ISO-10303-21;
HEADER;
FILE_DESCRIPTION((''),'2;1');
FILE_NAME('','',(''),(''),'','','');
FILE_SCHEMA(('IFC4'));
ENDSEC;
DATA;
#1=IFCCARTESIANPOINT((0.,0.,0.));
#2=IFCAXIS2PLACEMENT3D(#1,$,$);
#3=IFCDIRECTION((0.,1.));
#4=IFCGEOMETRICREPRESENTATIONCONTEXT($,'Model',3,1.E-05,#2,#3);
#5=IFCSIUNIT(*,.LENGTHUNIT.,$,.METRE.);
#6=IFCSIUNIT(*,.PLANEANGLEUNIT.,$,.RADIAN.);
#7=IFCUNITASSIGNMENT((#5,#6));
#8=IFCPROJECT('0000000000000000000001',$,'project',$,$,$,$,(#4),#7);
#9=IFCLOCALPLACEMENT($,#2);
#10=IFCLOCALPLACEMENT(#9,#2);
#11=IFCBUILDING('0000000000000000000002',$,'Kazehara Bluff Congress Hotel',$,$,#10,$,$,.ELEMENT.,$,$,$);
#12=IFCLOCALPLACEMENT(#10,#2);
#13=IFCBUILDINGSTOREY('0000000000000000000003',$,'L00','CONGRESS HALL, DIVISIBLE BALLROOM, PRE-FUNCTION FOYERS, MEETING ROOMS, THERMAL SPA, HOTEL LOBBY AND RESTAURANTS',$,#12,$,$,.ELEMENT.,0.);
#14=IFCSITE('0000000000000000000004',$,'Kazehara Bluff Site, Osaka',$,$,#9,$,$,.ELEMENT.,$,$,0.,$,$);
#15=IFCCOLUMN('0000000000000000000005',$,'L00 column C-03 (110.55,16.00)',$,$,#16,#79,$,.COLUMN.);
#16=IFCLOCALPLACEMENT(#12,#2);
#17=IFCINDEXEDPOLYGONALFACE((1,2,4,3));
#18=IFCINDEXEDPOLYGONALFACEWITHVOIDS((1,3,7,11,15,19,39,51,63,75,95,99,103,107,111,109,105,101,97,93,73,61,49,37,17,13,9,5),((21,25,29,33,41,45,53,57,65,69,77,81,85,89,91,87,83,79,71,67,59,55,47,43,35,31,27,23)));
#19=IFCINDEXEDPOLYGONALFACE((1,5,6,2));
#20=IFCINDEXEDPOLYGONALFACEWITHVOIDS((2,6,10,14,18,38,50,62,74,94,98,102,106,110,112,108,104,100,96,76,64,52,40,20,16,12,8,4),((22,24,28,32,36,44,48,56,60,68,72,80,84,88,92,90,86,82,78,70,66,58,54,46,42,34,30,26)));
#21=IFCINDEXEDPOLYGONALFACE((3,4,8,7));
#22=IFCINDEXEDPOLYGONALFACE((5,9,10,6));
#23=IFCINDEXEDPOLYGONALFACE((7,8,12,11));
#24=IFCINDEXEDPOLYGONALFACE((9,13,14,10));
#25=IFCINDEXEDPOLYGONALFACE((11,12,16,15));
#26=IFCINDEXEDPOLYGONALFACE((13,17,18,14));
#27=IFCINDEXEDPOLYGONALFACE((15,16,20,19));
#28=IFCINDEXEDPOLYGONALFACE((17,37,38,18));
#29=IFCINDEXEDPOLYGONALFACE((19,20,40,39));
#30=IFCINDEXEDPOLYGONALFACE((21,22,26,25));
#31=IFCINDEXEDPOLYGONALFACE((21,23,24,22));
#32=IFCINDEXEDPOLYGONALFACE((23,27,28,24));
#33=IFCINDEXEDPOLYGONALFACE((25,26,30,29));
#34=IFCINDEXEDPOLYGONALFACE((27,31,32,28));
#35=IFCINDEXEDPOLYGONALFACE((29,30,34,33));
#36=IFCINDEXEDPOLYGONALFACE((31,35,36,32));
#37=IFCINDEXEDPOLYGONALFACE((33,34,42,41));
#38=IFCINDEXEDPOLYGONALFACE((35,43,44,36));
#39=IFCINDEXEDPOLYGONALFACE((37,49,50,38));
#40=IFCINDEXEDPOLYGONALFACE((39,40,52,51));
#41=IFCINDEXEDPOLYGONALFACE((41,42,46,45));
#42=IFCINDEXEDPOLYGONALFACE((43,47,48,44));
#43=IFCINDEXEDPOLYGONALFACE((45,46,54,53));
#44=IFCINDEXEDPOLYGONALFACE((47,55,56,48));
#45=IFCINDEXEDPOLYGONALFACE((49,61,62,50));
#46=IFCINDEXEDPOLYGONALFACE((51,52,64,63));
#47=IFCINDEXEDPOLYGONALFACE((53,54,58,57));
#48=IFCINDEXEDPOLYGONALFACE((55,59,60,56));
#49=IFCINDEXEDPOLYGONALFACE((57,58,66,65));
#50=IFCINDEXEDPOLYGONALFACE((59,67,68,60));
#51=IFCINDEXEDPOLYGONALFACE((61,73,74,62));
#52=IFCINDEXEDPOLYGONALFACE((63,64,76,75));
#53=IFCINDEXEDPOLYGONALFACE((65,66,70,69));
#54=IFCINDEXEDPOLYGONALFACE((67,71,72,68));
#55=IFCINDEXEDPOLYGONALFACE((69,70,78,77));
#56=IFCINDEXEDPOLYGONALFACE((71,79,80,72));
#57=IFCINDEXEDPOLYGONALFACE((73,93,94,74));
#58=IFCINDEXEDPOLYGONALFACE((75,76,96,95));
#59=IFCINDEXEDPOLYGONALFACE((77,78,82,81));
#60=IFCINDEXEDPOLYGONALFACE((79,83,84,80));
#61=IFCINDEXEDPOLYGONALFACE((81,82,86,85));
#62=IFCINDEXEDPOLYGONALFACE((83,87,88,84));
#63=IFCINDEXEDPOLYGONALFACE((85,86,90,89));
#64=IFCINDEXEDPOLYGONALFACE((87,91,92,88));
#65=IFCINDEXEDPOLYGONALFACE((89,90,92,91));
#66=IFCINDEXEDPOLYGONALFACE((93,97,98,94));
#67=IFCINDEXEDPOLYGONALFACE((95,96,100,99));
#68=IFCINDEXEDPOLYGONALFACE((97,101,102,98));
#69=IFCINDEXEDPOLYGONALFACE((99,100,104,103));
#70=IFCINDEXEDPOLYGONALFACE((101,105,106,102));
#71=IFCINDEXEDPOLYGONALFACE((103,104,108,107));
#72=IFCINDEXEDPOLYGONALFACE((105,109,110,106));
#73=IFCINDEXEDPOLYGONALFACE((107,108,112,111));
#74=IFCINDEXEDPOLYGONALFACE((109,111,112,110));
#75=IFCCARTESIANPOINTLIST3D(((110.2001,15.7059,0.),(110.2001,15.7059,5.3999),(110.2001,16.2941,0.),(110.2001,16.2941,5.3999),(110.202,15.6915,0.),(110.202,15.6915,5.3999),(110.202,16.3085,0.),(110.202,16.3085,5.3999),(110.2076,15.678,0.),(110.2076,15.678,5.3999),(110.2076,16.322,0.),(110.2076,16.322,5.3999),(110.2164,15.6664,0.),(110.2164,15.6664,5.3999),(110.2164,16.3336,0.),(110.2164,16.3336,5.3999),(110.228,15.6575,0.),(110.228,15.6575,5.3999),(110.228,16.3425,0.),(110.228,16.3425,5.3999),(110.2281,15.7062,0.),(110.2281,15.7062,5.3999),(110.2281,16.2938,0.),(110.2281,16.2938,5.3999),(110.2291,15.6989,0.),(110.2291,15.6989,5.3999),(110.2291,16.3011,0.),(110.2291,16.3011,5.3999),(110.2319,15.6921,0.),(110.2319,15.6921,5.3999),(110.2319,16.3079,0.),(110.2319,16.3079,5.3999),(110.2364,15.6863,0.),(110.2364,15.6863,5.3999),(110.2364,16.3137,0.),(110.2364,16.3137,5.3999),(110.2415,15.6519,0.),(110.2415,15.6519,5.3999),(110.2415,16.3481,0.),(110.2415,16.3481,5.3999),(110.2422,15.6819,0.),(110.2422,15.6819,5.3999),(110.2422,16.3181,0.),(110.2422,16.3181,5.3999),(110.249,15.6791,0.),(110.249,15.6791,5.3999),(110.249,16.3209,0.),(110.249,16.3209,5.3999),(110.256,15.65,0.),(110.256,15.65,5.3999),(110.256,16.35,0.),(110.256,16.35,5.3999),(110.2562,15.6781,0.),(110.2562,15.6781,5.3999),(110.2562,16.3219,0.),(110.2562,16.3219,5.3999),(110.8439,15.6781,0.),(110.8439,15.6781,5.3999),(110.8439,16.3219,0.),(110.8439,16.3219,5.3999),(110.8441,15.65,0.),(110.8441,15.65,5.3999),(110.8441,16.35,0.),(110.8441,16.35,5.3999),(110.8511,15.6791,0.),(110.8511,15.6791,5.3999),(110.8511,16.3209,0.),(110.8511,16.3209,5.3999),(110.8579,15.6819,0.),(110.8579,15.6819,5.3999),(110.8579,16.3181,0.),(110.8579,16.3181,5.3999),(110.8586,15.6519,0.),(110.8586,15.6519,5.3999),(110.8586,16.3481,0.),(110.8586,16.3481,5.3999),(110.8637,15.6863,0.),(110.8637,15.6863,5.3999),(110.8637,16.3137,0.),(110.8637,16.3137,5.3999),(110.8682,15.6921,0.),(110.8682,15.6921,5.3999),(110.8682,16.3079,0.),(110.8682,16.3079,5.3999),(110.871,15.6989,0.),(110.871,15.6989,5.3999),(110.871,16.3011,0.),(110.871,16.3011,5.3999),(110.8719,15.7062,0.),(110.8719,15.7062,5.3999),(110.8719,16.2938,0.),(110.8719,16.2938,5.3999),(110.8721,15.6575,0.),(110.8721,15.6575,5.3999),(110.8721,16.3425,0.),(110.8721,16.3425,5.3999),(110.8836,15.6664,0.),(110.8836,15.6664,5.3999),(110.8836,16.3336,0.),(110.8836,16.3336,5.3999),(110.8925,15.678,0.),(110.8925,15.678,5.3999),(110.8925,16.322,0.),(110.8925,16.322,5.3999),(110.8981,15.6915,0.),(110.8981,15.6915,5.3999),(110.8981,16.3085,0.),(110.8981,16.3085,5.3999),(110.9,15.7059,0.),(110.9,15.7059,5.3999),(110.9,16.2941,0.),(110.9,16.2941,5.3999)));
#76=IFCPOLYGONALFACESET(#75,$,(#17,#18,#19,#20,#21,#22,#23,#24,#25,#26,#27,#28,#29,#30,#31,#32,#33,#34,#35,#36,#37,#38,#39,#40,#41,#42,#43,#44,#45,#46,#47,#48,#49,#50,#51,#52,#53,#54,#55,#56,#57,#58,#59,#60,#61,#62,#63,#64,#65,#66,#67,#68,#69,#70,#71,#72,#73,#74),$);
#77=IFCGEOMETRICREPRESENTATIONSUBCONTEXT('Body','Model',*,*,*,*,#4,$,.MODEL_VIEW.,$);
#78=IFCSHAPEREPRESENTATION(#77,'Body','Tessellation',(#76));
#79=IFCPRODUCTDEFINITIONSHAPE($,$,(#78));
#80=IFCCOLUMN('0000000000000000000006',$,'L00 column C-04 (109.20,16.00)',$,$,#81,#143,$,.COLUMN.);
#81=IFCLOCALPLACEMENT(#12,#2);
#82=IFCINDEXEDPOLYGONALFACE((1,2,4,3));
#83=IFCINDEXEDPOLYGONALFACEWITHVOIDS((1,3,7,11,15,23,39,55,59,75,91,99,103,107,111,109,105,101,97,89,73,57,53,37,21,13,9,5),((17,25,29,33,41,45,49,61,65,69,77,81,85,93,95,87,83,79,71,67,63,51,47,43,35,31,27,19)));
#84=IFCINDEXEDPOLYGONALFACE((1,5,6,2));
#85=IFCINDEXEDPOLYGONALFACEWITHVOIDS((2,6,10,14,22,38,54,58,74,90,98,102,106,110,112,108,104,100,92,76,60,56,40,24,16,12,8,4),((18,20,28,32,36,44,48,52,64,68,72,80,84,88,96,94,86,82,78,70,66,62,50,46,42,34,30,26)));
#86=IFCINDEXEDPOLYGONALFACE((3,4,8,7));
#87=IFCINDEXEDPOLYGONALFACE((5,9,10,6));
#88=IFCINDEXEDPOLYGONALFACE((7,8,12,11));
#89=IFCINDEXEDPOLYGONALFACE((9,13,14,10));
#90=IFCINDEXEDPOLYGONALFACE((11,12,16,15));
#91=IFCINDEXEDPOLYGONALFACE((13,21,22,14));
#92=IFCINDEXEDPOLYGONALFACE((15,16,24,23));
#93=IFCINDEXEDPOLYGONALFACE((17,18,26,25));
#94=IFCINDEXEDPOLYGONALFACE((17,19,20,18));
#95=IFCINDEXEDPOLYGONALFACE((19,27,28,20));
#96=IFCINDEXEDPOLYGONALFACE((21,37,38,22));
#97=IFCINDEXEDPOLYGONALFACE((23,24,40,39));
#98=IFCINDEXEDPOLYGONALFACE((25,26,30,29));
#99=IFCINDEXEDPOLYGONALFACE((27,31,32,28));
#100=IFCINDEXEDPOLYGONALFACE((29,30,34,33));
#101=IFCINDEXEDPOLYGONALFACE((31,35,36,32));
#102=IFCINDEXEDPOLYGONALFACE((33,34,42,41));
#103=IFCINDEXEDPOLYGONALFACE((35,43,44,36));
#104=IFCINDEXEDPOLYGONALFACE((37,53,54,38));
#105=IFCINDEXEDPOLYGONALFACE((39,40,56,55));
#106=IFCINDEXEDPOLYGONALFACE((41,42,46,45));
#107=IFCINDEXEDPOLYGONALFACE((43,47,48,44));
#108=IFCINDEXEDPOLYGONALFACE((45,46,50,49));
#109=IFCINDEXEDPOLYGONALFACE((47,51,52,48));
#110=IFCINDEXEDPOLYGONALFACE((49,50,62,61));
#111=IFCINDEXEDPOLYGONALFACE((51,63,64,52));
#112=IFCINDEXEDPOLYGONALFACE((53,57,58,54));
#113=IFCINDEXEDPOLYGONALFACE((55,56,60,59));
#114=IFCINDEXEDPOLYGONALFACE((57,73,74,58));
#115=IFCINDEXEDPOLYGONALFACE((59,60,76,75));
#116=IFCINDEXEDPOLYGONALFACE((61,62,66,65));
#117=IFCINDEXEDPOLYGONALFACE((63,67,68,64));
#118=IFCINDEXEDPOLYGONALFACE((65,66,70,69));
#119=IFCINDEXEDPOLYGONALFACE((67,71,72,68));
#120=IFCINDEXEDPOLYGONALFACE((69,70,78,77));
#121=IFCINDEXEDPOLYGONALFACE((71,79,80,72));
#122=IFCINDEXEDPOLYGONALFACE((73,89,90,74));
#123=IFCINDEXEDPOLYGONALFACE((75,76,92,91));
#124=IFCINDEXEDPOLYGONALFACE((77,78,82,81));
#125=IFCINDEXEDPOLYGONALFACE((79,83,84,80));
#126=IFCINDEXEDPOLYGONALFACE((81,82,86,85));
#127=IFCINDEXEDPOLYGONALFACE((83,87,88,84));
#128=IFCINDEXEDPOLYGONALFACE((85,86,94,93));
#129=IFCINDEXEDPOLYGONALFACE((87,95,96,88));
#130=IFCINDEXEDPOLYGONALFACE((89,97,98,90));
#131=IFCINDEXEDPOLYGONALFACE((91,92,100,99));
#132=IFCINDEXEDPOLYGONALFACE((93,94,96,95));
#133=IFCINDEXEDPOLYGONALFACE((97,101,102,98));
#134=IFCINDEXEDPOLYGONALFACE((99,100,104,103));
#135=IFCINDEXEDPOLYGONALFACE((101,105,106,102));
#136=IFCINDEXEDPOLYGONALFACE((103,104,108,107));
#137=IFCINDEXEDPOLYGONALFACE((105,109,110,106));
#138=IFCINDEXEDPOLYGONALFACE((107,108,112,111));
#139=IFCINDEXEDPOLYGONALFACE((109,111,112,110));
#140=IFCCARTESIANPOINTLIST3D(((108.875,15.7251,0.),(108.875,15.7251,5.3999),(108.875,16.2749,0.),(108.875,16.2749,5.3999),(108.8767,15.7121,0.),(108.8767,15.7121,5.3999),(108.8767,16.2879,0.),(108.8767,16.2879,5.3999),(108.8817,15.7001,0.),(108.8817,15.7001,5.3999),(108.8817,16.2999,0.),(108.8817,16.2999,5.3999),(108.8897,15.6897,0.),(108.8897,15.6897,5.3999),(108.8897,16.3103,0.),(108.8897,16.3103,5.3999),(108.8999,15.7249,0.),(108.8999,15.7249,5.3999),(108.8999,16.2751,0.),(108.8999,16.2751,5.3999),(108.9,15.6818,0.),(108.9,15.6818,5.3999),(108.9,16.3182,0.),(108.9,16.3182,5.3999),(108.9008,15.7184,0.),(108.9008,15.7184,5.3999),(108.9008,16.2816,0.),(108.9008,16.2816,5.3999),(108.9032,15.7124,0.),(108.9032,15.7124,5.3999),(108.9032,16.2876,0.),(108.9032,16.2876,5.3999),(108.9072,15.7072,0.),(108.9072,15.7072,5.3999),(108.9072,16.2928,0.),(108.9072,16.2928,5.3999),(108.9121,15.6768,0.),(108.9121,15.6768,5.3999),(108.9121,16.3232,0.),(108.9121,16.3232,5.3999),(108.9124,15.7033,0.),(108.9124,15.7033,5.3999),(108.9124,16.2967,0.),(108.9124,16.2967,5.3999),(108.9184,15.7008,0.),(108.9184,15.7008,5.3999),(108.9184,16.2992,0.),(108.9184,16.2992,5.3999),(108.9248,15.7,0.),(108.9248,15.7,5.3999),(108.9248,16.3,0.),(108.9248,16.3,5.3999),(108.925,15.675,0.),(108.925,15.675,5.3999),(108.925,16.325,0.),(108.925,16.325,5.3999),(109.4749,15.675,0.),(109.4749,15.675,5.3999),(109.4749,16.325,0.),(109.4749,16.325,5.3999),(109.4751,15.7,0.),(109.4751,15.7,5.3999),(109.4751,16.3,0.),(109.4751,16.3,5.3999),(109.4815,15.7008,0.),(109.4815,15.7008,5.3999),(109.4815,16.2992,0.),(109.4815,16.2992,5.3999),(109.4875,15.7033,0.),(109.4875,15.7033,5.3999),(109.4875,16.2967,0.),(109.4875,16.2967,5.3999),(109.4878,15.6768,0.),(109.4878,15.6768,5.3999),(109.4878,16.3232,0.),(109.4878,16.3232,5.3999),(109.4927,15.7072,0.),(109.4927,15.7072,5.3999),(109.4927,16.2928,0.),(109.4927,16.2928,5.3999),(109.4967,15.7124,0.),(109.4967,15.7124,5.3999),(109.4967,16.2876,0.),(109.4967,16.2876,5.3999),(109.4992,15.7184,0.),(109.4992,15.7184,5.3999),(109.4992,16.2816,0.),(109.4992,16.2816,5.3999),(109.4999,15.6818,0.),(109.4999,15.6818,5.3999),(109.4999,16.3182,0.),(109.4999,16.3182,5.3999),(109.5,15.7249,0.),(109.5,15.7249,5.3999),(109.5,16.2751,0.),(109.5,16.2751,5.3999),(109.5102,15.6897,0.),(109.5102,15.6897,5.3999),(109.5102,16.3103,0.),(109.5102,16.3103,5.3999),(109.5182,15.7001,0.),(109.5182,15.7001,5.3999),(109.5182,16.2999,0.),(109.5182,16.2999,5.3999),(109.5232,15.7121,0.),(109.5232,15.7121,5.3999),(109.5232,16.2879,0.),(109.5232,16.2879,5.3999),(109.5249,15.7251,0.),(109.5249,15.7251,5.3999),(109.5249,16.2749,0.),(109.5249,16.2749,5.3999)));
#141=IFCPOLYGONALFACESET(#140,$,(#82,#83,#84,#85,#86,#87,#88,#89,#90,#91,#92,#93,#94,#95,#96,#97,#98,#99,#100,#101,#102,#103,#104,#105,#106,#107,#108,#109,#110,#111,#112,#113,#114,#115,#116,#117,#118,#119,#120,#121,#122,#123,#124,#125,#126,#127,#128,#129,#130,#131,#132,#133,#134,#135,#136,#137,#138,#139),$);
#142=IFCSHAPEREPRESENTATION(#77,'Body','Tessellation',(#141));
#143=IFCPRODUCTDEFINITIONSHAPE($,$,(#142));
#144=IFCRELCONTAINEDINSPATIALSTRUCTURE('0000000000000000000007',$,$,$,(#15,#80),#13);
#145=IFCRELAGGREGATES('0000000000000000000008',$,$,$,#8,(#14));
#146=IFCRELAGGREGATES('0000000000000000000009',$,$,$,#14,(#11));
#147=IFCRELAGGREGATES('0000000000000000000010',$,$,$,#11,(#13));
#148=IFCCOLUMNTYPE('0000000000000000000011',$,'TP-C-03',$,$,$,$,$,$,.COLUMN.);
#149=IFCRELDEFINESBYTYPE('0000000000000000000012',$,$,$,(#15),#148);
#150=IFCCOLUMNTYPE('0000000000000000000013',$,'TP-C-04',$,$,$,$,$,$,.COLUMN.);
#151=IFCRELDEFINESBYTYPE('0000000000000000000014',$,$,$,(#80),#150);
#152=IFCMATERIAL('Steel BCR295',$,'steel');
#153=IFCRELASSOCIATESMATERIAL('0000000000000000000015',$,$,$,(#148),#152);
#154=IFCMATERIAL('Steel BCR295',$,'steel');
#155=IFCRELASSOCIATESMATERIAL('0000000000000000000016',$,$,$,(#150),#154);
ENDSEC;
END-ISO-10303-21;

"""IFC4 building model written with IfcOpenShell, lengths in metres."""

from ifc_helpers import new_model, si_unit, direction, frame, origin, origin_2d, place, context, subcontext, project, spatial, hollow_rectangle, extrude, material, material_profile, profile_set, type_object, element, save


model = new_model("IFC4")

# Units and contexts
model_context = context("Model", 3, precision=1e-05, world=origin(), true_north=direction((0.0, 1.0)))
body_context = subcontext(model_context, "Body", "Model", "MODEL_VIEW")
ifc_project = project(units=[si_unit("LENGTHUNIT", "METRE"), si_unit("PLANEANGLEUNIT", "RADIAN")], contexts=[model_context])

# Site, building, storey
site_placement = place(None, origin())
site = spatial("IfcSite", under=ifc_project, at=site_placement, Name="Kazehara Bluff Site, Osaka", CompositionType="ELEMENT", RefElevation=0.0)
building_placement = place(site_placement, origin())
building = spatial("IfcBuilding", under=site, at=building_placement, Name="Kazehara Bluff Congress Hotel", CompositionType="ELEMENT")
storey_placement = place(building_placement, origin())
storey = spatial("IfcBuildingStorey", under=building, at=storey_placement, Name="L00", Description="CONGRESS HALL, DIVISIBLE BALLROOM, PRE-FUNCTION FOYERS, MEETING ROOMS, THERMAL SPA, HOTEL LOBBY AND RESTAURANTS", CompositionType="ELEMENT", Elevation=0.0)

# Columns
ifc_material_1 = material(Name="Steel BCR295", Category="steel")
ifc_material_profile_1 = material_profile(ifc_material_1, hollow_rectangle(XDim=0.7, YDim=0.7, WallThickness=0.0281, InnerFilletRadius=0.0281, OuterFilletRadius=0.0559, at=origin_2d()))
ifc_profile_set_1 = profile_set([ifc_material_profile_1], Name="Steel BCR295")
column_type_1 = type_object("IfcColumnType", Name="TP-C-03", PredefinedType="COLUMN", material=ifc_profile_set_1)
column_1_placement = place(storey_placement, frame((110.55, 16.0, 0.0), z_axis=(0.0, 0.0, 1.0), x_axis=(1.0, 0.0, 0.0)))
element("IfcColumn", 1, at=column_1_placement, inside=storey, type_object=column_type_1, Name="L00 column C-03 (110.55,16.00)", PredefinedType="COLUMN", context=body_context, shape_type="SweptSolid", body=[
    extrude(hollow_rectangle(XDim=0.7, YDim=0.7, WallThickness=0.0281, InnerFilletRadius=0.0281, OuterFilletRadius=0.0559, at=origin_2d()), origin(), (0.0, 0.0, 1.0), 5.3999),
])
ifc_material_2 = material(Name="Steel BCR295", Category="steel")
ifc_material_profile_2 = material_profile(ifc_material_2, hollow_rectangle(XDim=0.6499, YDim=0.6499, WallThickness=0.0249, InnerFilletRadius=0.0249, OuterFilletRadius=0.05, at=origin_2d()))
ifc_profile_set_2 = profile_set([ifc_material_profile_2], Name="Steel BCR295")
column_type_2 = type_object("IfcColumnType", Name="TP-C-04", PredefinedType="COLUMN", material=ifc_profile_set_2)
column_2_placement = place(storey_placement, frame((109.2, 16.0, 0.0), z_axis=(0.0, 0.0, 1.0), x_axis=(1.0, 0.0, 0.0)))
element("IfcColumn", 2, at=column_2_placement, inside=storey, type_object=column_type_2, Name="L00 column C-04 (109.20,16.00)", PredefinedType="COLUMN", context=body_context, shape_type="SweptSolid", body=[
    extrude(hollow_rectangle(XDim=0.6499, YDim=0.6499, WallThickness=0.0249, InnerFilletRadius=0.0249, OuterFilletRadius=0.05, at=origin_2d()), origin(), (0.0, 0.0, 1.0), 5.3999),
])

save(model, "model.ifc")
